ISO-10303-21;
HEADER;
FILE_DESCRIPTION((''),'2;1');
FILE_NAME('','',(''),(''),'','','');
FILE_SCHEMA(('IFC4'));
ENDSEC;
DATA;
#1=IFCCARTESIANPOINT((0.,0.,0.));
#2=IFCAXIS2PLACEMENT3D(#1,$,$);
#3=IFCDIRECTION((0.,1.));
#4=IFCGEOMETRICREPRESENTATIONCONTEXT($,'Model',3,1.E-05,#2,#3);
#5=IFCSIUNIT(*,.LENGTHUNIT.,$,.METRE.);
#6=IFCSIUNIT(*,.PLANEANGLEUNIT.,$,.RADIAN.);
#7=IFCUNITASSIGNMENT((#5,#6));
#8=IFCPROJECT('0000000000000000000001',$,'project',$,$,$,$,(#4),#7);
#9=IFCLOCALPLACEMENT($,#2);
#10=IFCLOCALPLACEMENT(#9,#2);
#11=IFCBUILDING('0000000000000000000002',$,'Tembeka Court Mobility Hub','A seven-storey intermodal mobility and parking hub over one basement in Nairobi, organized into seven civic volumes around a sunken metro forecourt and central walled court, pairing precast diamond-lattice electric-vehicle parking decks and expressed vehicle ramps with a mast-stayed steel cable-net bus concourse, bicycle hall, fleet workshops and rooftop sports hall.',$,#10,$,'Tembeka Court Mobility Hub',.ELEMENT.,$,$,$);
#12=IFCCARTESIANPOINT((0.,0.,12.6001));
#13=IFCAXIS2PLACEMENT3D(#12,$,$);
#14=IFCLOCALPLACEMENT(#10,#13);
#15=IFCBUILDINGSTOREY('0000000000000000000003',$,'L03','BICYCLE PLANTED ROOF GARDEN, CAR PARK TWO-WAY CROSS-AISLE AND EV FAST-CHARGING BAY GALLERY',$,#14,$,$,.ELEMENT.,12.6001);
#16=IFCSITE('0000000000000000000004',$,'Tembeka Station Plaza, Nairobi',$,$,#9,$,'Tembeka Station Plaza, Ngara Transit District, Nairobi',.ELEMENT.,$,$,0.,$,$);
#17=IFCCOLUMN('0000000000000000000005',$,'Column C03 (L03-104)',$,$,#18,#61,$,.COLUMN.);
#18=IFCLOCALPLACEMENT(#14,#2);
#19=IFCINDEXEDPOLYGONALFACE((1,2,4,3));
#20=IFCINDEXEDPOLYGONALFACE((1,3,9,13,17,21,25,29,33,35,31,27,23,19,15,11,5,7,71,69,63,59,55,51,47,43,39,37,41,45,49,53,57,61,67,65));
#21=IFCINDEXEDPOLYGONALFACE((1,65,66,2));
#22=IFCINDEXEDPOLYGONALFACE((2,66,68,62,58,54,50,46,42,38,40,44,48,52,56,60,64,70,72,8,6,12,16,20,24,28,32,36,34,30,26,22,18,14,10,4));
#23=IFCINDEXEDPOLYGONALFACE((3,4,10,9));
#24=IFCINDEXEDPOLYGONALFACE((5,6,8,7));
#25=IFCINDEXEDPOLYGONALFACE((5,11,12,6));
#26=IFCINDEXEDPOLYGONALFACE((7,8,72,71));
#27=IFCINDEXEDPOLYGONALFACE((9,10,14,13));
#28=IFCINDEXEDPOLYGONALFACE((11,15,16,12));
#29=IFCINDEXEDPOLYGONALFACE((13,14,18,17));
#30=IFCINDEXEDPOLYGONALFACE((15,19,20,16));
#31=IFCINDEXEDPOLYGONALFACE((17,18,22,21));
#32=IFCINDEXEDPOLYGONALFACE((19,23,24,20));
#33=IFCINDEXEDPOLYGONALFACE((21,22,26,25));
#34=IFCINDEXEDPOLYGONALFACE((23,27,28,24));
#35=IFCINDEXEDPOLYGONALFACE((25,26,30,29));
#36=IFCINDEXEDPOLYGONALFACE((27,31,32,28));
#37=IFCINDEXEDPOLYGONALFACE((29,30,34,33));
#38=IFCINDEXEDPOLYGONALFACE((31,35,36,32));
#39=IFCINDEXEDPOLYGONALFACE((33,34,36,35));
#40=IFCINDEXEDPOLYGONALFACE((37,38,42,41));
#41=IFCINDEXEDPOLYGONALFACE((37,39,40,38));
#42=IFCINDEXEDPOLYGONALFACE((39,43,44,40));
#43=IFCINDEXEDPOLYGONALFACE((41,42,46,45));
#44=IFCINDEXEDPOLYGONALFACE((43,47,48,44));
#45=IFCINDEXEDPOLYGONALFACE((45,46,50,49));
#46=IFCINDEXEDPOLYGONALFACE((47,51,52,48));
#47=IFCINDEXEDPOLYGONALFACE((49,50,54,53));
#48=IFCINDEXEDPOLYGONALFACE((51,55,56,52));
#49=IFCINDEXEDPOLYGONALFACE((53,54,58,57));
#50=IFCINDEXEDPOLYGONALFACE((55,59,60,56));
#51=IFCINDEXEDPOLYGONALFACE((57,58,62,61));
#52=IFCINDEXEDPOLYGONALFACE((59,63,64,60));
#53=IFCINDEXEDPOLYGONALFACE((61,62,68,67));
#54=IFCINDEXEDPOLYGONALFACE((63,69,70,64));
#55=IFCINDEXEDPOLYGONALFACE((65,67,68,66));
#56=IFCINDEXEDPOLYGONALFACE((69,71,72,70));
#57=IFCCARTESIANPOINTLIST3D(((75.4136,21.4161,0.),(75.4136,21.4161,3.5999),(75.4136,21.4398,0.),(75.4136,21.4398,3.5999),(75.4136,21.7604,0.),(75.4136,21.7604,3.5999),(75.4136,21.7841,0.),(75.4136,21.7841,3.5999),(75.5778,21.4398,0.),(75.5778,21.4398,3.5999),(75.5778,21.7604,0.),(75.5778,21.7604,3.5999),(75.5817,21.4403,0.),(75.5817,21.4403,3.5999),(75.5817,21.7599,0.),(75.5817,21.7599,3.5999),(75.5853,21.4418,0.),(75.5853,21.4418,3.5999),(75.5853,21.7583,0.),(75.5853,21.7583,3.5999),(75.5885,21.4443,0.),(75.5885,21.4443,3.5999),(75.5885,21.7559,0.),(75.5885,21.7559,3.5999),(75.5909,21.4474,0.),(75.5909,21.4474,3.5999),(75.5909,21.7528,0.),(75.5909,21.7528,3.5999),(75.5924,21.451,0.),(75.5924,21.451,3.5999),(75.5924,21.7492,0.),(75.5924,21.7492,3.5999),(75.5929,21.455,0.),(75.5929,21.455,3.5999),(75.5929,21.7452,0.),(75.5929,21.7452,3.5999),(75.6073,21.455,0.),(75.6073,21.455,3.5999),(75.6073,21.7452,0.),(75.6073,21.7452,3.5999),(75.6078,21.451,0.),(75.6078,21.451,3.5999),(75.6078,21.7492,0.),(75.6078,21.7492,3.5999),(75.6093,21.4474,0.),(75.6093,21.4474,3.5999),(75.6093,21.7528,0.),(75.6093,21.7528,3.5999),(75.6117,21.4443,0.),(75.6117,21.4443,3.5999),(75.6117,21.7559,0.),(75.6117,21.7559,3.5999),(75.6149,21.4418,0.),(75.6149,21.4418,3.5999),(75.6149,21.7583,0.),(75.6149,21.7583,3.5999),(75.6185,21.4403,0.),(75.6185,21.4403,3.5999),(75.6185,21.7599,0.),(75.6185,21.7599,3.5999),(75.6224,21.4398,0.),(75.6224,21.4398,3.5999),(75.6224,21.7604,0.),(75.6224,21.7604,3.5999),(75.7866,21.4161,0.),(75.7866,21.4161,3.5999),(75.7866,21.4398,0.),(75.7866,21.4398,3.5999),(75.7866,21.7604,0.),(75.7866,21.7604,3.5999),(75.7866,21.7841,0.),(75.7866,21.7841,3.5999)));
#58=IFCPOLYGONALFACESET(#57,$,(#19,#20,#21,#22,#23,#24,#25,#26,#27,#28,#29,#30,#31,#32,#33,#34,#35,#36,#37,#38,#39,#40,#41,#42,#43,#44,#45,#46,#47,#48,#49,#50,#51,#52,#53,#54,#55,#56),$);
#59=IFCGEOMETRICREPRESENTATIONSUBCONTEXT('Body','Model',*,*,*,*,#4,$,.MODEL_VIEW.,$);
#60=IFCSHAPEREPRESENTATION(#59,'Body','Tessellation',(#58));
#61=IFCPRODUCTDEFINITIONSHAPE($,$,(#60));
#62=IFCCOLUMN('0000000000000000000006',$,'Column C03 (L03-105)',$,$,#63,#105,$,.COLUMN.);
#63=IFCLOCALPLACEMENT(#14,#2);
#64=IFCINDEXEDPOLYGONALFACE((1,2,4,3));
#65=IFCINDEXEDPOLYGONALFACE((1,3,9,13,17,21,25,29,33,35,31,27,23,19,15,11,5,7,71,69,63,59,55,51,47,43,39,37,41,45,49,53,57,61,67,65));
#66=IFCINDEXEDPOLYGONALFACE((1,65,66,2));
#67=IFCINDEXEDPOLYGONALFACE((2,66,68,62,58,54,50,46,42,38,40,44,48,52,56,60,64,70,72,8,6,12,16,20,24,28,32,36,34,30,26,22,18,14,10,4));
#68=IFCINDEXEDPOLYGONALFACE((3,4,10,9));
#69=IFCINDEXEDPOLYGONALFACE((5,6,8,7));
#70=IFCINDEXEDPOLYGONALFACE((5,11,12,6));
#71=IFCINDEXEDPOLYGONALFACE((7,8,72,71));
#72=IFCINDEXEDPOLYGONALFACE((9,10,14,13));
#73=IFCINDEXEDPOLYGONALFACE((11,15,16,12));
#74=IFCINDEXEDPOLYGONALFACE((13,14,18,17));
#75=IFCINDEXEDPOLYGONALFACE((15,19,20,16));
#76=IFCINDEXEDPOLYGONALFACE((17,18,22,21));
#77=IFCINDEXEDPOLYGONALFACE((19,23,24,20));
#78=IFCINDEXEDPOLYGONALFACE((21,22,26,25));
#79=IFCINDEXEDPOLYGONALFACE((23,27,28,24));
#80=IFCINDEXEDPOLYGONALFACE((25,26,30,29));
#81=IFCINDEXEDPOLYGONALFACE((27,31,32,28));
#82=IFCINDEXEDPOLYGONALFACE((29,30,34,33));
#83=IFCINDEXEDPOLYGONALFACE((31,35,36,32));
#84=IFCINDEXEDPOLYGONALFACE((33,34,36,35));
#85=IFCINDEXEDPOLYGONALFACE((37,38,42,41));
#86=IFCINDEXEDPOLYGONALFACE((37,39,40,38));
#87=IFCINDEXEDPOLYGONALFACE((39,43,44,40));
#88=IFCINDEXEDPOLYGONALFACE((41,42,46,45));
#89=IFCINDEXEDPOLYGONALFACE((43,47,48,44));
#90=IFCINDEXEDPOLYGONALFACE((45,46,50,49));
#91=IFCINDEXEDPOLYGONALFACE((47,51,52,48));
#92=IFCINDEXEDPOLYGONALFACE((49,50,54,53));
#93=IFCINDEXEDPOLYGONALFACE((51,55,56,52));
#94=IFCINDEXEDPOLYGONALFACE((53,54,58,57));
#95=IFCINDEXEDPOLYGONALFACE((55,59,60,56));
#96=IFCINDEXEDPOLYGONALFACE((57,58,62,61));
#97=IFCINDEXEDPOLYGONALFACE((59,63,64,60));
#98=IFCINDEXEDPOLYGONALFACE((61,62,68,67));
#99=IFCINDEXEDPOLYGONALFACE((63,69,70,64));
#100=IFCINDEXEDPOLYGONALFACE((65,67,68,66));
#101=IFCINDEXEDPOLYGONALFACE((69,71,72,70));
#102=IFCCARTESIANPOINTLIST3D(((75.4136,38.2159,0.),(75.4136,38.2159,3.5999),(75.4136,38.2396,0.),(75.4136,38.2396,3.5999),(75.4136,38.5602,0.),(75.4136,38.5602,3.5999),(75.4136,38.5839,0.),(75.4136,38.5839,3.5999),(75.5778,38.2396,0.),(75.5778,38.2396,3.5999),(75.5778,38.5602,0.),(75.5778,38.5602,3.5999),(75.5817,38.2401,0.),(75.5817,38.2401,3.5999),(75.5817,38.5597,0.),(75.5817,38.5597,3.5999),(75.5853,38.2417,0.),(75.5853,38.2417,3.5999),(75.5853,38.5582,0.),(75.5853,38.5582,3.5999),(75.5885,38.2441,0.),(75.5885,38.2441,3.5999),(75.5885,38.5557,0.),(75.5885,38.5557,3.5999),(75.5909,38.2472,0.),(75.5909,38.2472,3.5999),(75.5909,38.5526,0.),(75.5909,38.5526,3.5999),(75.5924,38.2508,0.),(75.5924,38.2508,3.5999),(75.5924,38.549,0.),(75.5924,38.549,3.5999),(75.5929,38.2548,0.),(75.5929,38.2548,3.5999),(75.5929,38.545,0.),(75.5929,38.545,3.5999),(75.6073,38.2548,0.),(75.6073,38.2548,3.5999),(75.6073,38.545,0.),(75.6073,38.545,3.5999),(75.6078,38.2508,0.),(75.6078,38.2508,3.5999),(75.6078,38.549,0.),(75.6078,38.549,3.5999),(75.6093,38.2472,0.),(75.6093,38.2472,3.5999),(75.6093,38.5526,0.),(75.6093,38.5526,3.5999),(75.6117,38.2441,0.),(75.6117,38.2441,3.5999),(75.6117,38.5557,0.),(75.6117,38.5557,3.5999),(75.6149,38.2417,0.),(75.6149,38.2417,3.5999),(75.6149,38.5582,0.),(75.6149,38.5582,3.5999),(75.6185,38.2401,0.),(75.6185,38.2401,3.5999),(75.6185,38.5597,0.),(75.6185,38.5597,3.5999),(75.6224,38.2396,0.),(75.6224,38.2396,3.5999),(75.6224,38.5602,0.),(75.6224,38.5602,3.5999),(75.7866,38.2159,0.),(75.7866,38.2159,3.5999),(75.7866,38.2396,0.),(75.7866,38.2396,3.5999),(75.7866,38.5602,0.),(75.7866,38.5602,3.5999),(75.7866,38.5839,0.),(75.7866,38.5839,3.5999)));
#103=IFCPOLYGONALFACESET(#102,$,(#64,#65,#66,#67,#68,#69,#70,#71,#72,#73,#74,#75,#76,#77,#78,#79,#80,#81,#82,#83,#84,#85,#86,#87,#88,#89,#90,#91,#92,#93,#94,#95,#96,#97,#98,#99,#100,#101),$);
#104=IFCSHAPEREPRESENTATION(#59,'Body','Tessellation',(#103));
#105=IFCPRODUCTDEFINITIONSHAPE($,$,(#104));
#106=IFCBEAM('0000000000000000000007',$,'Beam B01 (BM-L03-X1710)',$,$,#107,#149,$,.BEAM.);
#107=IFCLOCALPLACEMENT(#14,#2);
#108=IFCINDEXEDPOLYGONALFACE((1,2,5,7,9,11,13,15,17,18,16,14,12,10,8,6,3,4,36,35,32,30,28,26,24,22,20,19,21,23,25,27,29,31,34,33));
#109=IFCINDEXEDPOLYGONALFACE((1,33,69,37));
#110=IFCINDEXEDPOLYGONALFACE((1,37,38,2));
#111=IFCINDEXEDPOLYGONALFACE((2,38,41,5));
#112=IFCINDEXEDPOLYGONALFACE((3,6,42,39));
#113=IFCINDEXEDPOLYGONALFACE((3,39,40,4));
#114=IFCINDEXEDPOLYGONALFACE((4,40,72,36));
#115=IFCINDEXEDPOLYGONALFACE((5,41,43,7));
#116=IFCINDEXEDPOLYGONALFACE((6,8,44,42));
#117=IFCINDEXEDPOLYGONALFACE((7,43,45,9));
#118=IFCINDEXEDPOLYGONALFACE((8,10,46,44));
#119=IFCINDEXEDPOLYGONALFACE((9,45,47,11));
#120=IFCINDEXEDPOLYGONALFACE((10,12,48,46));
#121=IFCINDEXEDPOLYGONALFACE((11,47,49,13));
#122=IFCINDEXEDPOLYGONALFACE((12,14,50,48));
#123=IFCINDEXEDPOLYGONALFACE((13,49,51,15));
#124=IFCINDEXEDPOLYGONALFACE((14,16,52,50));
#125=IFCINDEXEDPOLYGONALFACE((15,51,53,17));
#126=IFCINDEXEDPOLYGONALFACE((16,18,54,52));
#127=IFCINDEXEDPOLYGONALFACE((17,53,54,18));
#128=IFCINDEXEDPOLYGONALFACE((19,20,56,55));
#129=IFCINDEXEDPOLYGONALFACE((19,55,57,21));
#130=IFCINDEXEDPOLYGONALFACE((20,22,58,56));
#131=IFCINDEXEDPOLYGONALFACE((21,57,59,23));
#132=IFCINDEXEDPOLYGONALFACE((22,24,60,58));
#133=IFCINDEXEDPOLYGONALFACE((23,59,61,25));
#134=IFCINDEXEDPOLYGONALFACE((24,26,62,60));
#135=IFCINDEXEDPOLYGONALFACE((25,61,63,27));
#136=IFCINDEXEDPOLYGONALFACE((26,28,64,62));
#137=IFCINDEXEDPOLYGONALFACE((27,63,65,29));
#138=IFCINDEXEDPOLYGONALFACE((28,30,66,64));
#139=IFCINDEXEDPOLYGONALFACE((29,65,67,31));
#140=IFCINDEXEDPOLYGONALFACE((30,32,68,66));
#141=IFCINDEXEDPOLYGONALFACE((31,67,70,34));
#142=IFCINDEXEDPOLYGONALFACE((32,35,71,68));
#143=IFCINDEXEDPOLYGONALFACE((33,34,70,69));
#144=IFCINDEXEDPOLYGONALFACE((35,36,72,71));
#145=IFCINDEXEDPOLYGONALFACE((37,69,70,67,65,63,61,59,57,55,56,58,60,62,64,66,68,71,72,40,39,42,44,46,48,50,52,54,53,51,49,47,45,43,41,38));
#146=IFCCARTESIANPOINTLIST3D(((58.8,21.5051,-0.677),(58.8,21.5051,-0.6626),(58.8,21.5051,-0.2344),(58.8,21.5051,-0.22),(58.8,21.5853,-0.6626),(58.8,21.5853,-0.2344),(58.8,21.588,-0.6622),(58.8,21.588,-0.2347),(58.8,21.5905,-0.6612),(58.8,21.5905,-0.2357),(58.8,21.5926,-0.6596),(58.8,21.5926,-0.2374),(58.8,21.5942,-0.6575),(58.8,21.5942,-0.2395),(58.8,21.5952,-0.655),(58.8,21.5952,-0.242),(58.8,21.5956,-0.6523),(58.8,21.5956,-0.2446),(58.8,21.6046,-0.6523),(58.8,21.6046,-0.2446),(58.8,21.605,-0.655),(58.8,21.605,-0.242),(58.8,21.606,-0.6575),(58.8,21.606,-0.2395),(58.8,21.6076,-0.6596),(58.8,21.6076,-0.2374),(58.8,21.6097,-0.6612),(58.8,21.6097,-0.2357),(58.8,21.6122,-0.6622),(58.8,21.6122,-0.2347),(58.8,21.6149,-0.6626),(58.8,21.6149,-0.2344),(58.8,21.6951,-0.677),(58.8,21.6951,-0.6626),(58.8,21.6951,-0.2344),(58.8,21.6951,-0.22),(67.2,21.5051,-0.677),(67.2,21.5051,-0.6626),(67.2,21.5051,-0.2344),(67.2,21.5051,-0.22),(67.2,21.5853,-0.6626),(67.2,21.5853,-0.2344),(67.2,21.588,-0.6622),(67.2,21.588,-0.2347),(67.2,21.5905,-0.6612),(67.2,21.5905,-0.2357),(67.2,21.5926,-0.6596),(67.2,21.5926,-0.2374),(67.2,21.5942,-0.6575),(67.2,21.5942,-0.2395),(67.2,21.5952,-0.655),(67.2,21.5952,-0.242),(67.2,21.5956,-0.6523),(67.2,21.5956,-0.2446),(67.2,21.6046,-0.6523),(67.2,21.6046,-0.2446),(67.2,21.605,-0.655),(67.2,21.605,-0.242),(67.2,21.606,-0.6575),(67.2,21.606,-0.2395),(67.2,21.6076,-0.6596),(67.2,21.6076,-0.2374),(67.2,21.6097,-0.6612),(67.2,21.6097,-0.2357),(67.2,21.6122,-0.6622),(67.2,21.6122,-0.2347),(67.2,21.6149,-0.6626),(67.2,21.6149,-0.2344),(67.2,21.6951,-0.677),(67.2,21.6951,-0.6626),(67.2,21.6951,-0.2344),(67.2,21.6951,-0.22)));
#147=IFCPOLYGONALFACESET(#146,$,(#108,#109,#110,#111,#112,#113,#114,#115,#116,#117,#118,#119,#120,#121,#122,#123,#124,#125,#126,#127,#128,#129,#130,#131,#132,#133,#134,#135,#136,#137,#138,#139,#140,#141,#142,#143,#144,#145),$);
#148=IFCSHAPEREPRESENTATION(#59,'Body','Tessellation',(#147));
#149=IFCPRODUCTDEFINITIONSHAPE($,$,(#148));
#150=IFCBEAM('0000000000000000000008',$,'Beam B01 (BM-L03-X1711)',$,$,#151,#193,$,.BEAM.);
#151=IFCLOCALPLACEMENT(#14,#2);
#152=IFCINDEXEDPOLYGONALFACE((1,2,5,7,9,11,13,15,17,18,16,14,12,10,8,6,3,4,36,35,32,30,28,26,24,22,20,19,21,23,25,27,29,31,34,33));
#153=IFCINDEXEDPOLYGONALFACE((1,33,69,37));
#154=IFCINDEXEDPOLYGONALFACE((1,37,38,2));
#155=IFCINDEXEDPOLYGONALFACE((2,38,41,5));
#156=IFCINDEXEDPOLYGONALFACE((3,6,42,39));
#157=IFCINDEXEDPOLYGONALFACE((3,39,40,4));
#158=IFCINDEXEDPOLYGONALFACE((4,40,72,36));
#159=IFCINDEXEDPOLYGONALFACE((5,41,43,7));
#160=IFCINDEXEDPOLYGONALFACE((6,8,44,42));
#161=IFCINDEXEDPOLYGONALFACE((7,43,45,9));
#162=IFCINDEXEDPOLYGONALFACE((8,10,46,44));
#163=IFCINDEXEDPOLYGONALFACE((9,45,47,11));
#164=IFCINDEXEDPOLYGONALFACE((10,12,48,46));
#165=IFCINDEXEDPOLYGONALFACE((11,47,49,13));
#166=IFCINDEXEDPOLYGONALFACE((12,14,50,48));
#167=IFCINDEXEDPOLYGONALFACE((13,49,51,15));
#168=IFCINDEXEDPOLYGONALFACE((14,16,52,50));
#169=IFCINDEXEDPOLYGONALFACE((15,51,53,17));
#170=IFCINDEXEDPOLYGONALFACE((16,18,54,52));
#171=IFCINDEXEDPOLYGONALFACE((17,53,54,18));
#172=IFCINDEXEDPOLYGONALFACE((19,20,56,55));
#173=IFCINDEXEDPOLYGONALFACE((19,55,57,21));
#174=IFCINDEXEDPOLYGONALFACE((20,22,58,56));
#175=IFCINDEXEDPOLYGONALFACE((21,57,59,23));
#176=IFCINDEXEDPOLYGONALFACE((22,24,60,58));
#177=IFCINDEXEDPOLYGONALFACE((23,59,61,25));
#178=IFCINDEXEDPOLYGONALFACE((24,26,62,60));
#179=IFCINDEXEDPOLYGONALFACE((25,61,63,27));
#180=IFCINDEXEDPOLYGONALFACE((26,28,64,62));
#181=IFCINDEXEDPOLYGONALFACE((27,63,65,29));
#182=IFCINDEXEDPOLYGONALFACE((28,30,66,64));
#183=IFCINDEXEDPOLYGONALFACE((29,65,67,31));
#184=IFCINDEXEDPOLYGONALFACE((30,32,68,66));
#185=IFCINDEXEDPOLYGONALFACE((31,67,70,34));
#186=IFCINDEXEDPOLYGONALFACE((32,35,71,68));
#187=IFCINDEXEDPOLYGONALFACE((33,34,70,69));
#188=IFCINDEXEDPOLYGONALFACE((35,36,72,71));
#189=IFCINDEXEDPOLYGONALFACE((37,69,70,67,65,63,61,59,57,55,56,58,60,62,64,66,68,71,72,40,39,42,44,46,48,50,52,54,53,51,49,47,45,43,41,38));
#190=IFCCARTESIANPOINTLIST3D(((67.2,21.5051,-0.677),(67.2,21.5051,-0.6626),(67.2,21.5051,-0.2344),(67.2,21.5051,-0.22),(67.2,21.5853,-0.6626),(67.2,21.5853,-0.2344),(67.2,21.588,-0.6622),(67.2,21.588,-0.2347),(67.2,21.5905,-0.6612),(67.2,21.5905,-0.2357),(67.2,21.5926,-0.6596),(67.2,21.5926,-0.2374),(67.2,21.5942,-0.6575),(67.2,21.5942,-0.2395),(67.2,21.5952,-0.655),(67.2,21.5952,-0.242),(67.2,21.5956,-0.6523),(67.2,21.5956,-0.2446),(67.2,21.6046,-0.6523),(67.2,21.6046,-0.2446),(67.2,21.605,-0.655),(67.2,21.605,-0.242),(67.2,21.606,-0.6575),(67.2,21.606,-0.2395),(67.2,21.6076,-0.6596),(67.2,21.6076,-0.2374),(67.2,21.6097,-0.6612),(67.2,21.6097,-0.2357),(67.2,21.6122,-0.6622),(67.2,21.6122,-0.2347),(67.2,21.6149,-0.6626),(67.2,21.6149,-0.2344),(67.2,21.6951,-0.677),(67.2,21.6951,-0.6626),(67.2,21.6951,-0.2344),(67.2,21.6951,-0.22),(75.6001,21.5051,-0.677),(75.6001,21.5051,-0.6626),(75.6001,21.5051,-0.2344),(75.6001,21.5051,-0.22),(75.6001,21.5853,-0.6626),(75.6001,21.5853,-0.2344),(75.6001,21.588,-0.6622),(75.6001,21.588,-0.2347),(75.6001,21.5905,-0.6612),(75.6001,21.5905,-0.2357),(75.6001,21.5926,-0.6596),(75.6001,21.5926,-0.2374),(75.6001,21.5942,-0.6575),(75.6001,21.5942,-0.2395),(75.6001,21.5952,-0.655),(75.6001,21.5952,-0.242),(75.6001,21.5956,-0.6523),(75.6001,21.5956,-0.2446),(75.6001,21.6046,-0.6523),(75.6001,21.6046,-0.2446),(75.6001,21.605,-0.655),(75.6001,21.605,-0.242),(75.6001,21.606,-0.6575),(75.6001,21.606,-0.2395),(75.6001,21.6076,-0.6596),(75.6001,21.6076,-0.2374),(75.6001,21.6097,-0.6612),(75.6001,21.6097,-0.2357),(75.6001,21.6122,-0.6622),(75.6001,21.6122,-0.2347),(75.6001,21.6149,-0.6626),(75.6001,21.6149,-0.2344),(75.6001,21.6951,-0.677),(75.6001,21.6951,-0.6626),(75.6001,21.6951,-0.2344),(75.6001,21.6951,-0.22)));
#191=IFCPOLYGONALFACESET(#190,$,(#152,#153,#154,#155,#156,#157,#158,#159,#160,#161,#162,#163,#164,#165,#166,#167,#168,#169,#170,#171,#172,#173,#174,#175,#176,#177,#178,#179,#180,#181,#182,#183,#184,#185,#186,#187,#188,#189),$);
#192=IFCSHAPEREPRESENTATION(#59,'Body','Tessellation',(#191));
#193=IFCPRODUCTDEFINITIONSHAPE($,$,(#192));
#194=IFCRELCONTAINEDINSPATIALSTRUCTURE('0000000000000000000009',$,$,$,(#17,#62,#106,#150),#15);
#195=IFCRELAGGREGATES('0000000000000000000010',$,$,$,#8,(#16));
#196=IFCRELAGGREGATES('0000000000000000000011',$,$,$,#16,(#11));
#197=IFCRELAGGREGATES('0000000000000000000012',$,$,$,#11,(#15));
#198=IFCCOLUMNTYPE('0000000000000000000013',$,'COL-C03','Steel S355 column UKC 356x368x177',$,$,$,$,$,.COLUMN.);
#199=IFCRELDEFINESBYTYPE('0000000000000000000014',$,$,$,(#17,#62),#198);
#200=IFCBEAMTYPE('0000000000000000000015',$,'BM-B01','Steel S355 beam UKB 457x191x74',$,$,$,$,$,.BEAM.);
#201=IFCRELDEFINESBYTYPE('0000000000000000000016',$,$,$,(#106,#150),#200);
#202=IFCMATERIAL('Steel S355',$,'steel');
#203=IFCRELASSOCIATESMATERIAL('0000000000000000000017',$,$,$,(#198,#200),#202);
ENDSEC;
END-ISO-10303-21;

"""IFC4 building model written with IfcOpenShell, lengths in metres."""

from ifc_helpers import new_model, si_unit, direction, frame, origin, origin_2d, place, context, subcontext, project, spatial, i_section, extrude, material, material_profile, profile_set, type_object, element, save


model = new_model("IFC4")

# Units and contexts
model_context = context("Model", 3, precision=1e-05, world=origin(), true_north=direction((0.0, 1.0)))
body_context = subcontext(model_context, "Body", "Model", "MODEL_VIEW")
ifc_project = project(units=[si_unit("LENGTHUNIT", "METRE"), si_unit("PLANEANGLEUNIT", "RADIAN")], contexts=[model_context])

# Site, building, storey
site_placement = place(None, origin())
site = spatial("IfcSite", under=ifc_project, at=site_placement, Name="Tembeka Station Plaza, Nairobi", LongName="Tembeka Station Plaza, Ngara Transit District, Nairobi", CompositionType="ELEMENT", RefElevation=0.0)
building_placement = place(site_placement, origin())
building = spatial("IfcBuilding", under=site, at=building_placement, Name="Tembeka Court Mobility Hub", Description="A seven-storey intermodal mobility and parking hub over one basement in Nairobi, organized into seven civic volumes around a sunken metro forecourt and central walled court, pairing precast diamond-lattice electric-vehicle parking decks and expressed vehicle ramps with a mast-stayed steel cable-net bus concourse, bicycle hall, fleet workshops and rooftop sports hall.", LongName="Tembeka Court Mobility Hub", CompositionType="ELEMENT")
storey_placement = place(building_placement, frame((0.0, 0.0, 12.6001)))
storey = spatial("IfcBuildingStorey", under=building, at=storey_placement, Name="L03", Description="BICYCLE PLANTED ROOF GARDEN, CAR PARK TWO-WAY CROSS-AISLE AND EV FAST-CHARGING BAY GALLERY", CompositionType="ELEMENT", Elevation=12.6001)

# Columns
ifc_material_1 = material(Name="Steel S355", Category="steel")
ifc_material_profile_1 = material_profile(ifc_material_1, i_section(OverallWidth=0.373, OverallDepth=0.3679, WebThickness=0.0144, FlangeThickness=0.0237, FilletRadius=0.0151, at=origin_2d()), Name="UKC 356x368x177")
ifc_profile_set_1 = profile_set([ifc_material_profile_1], Name="Steel S355")
column_type = type_object("IfcColumnType", Name="COL-C03", Description="Steel S355 column UKC 356x368x177", PredefinedType="COLUMN", material=ifc_profile_set_1)
for number, where, z_axis, x_axis, name in (
    (1, (75.6001, 21.6001, 0.0), (0.0, 0.0, 1.0), (1.0, 0.0, 0.0), "Column C03 (L03-104)"),
    (2, (75.6001, 38.3999, 0.0), (0.0, 0.0, 1.0), (1.0, 0.0, 0.0), "Column C03 (L03-105)"),
):
    element("IfcColumn", number, at=place(storey_placement, frame(where, z_axis=z_axis, x_axis=x_axis)), inside=storey, type_object=column_type, Name=name, PredefinedType="COLUMN", context=body_context, shape_type="SweptSolid", body=[
        extrude(i_section(OverallWidth=0.373, OverallDepth=0.3679, WebThickness=0.0144, FlangeThickness=0.0237, FilletRadius=0.0151, at=origin_2d()), origin(), (0.0, 0.0, 1.0), 3.5999),
    ])

# Beams
ifc_material_profile_2 = material_profile(ifc_material_1, i_section(OverallWidth=0.1899, OverallDepth=0.457, WebThickness=0.009, FlangeThickness=0.0144, FilletRadius=0.0103, at=origin_2d()), Name="UKB 457x191x74")
ifc_profile_set_2 = profile_set([ifc_material_profile_2], Name="Steel S355")
beam_type_1 = type_object("IfcBeamType", Name="BM-B01", Description="Steel S355 beam UKB 457x191x74", PredefinedType="BEAM", material=ifc_profile_set_2)
beam_1_placement = place(storey_placement, frame((58.8, 21.6001, -0.4485), z_axis=(1.0, 0.0, 0.0), x_axis=(0.0, 1.0, 0.0)))
element("IfcBeam", 3, at=beam_1_placement, inside=storey, type_object=beam_type_1, Name="Beam B01 (BM-L03-X1710)", PredefinedType="BEAM", context=body_context, shape_type="SweptSolid", body=[
    extrude(i_section(OverallWidth=0.1899, OverallDepth=0.457, WebThickness=0.009, FlangeThickness=0.0144, FilletRadius=0.0103, at=origin_2d()), origin(), (0.0, 0.0, 1.0), 8.3999),
])
beam_2_placement = place(storey_placement, frame((67.2, 21.6001, -0.4485), z_axis=(1.0, 0.0, 0.0), x_axis=(0.0, 1.0, 0.0)))
element("IfcBeam", 4, at=beam_2_placement, inside=storey, type_object=beam_type_1, Name="Beam B01 (BM-L03-X1711)", PredefinedType="BEAM", context=body_context, shape_type="SweptSolid", body=[
    extrude(i_section(OverallWidth=0.1899, OverallDepth=0.457, WebThickness=0.009, FlangeThickness=0.0144, FilletRadius=0.0103, at=origin_2d()), origin(), (0.0, 0.0, 1.0), 8.4001),
])

save(model, "model.ifc")
